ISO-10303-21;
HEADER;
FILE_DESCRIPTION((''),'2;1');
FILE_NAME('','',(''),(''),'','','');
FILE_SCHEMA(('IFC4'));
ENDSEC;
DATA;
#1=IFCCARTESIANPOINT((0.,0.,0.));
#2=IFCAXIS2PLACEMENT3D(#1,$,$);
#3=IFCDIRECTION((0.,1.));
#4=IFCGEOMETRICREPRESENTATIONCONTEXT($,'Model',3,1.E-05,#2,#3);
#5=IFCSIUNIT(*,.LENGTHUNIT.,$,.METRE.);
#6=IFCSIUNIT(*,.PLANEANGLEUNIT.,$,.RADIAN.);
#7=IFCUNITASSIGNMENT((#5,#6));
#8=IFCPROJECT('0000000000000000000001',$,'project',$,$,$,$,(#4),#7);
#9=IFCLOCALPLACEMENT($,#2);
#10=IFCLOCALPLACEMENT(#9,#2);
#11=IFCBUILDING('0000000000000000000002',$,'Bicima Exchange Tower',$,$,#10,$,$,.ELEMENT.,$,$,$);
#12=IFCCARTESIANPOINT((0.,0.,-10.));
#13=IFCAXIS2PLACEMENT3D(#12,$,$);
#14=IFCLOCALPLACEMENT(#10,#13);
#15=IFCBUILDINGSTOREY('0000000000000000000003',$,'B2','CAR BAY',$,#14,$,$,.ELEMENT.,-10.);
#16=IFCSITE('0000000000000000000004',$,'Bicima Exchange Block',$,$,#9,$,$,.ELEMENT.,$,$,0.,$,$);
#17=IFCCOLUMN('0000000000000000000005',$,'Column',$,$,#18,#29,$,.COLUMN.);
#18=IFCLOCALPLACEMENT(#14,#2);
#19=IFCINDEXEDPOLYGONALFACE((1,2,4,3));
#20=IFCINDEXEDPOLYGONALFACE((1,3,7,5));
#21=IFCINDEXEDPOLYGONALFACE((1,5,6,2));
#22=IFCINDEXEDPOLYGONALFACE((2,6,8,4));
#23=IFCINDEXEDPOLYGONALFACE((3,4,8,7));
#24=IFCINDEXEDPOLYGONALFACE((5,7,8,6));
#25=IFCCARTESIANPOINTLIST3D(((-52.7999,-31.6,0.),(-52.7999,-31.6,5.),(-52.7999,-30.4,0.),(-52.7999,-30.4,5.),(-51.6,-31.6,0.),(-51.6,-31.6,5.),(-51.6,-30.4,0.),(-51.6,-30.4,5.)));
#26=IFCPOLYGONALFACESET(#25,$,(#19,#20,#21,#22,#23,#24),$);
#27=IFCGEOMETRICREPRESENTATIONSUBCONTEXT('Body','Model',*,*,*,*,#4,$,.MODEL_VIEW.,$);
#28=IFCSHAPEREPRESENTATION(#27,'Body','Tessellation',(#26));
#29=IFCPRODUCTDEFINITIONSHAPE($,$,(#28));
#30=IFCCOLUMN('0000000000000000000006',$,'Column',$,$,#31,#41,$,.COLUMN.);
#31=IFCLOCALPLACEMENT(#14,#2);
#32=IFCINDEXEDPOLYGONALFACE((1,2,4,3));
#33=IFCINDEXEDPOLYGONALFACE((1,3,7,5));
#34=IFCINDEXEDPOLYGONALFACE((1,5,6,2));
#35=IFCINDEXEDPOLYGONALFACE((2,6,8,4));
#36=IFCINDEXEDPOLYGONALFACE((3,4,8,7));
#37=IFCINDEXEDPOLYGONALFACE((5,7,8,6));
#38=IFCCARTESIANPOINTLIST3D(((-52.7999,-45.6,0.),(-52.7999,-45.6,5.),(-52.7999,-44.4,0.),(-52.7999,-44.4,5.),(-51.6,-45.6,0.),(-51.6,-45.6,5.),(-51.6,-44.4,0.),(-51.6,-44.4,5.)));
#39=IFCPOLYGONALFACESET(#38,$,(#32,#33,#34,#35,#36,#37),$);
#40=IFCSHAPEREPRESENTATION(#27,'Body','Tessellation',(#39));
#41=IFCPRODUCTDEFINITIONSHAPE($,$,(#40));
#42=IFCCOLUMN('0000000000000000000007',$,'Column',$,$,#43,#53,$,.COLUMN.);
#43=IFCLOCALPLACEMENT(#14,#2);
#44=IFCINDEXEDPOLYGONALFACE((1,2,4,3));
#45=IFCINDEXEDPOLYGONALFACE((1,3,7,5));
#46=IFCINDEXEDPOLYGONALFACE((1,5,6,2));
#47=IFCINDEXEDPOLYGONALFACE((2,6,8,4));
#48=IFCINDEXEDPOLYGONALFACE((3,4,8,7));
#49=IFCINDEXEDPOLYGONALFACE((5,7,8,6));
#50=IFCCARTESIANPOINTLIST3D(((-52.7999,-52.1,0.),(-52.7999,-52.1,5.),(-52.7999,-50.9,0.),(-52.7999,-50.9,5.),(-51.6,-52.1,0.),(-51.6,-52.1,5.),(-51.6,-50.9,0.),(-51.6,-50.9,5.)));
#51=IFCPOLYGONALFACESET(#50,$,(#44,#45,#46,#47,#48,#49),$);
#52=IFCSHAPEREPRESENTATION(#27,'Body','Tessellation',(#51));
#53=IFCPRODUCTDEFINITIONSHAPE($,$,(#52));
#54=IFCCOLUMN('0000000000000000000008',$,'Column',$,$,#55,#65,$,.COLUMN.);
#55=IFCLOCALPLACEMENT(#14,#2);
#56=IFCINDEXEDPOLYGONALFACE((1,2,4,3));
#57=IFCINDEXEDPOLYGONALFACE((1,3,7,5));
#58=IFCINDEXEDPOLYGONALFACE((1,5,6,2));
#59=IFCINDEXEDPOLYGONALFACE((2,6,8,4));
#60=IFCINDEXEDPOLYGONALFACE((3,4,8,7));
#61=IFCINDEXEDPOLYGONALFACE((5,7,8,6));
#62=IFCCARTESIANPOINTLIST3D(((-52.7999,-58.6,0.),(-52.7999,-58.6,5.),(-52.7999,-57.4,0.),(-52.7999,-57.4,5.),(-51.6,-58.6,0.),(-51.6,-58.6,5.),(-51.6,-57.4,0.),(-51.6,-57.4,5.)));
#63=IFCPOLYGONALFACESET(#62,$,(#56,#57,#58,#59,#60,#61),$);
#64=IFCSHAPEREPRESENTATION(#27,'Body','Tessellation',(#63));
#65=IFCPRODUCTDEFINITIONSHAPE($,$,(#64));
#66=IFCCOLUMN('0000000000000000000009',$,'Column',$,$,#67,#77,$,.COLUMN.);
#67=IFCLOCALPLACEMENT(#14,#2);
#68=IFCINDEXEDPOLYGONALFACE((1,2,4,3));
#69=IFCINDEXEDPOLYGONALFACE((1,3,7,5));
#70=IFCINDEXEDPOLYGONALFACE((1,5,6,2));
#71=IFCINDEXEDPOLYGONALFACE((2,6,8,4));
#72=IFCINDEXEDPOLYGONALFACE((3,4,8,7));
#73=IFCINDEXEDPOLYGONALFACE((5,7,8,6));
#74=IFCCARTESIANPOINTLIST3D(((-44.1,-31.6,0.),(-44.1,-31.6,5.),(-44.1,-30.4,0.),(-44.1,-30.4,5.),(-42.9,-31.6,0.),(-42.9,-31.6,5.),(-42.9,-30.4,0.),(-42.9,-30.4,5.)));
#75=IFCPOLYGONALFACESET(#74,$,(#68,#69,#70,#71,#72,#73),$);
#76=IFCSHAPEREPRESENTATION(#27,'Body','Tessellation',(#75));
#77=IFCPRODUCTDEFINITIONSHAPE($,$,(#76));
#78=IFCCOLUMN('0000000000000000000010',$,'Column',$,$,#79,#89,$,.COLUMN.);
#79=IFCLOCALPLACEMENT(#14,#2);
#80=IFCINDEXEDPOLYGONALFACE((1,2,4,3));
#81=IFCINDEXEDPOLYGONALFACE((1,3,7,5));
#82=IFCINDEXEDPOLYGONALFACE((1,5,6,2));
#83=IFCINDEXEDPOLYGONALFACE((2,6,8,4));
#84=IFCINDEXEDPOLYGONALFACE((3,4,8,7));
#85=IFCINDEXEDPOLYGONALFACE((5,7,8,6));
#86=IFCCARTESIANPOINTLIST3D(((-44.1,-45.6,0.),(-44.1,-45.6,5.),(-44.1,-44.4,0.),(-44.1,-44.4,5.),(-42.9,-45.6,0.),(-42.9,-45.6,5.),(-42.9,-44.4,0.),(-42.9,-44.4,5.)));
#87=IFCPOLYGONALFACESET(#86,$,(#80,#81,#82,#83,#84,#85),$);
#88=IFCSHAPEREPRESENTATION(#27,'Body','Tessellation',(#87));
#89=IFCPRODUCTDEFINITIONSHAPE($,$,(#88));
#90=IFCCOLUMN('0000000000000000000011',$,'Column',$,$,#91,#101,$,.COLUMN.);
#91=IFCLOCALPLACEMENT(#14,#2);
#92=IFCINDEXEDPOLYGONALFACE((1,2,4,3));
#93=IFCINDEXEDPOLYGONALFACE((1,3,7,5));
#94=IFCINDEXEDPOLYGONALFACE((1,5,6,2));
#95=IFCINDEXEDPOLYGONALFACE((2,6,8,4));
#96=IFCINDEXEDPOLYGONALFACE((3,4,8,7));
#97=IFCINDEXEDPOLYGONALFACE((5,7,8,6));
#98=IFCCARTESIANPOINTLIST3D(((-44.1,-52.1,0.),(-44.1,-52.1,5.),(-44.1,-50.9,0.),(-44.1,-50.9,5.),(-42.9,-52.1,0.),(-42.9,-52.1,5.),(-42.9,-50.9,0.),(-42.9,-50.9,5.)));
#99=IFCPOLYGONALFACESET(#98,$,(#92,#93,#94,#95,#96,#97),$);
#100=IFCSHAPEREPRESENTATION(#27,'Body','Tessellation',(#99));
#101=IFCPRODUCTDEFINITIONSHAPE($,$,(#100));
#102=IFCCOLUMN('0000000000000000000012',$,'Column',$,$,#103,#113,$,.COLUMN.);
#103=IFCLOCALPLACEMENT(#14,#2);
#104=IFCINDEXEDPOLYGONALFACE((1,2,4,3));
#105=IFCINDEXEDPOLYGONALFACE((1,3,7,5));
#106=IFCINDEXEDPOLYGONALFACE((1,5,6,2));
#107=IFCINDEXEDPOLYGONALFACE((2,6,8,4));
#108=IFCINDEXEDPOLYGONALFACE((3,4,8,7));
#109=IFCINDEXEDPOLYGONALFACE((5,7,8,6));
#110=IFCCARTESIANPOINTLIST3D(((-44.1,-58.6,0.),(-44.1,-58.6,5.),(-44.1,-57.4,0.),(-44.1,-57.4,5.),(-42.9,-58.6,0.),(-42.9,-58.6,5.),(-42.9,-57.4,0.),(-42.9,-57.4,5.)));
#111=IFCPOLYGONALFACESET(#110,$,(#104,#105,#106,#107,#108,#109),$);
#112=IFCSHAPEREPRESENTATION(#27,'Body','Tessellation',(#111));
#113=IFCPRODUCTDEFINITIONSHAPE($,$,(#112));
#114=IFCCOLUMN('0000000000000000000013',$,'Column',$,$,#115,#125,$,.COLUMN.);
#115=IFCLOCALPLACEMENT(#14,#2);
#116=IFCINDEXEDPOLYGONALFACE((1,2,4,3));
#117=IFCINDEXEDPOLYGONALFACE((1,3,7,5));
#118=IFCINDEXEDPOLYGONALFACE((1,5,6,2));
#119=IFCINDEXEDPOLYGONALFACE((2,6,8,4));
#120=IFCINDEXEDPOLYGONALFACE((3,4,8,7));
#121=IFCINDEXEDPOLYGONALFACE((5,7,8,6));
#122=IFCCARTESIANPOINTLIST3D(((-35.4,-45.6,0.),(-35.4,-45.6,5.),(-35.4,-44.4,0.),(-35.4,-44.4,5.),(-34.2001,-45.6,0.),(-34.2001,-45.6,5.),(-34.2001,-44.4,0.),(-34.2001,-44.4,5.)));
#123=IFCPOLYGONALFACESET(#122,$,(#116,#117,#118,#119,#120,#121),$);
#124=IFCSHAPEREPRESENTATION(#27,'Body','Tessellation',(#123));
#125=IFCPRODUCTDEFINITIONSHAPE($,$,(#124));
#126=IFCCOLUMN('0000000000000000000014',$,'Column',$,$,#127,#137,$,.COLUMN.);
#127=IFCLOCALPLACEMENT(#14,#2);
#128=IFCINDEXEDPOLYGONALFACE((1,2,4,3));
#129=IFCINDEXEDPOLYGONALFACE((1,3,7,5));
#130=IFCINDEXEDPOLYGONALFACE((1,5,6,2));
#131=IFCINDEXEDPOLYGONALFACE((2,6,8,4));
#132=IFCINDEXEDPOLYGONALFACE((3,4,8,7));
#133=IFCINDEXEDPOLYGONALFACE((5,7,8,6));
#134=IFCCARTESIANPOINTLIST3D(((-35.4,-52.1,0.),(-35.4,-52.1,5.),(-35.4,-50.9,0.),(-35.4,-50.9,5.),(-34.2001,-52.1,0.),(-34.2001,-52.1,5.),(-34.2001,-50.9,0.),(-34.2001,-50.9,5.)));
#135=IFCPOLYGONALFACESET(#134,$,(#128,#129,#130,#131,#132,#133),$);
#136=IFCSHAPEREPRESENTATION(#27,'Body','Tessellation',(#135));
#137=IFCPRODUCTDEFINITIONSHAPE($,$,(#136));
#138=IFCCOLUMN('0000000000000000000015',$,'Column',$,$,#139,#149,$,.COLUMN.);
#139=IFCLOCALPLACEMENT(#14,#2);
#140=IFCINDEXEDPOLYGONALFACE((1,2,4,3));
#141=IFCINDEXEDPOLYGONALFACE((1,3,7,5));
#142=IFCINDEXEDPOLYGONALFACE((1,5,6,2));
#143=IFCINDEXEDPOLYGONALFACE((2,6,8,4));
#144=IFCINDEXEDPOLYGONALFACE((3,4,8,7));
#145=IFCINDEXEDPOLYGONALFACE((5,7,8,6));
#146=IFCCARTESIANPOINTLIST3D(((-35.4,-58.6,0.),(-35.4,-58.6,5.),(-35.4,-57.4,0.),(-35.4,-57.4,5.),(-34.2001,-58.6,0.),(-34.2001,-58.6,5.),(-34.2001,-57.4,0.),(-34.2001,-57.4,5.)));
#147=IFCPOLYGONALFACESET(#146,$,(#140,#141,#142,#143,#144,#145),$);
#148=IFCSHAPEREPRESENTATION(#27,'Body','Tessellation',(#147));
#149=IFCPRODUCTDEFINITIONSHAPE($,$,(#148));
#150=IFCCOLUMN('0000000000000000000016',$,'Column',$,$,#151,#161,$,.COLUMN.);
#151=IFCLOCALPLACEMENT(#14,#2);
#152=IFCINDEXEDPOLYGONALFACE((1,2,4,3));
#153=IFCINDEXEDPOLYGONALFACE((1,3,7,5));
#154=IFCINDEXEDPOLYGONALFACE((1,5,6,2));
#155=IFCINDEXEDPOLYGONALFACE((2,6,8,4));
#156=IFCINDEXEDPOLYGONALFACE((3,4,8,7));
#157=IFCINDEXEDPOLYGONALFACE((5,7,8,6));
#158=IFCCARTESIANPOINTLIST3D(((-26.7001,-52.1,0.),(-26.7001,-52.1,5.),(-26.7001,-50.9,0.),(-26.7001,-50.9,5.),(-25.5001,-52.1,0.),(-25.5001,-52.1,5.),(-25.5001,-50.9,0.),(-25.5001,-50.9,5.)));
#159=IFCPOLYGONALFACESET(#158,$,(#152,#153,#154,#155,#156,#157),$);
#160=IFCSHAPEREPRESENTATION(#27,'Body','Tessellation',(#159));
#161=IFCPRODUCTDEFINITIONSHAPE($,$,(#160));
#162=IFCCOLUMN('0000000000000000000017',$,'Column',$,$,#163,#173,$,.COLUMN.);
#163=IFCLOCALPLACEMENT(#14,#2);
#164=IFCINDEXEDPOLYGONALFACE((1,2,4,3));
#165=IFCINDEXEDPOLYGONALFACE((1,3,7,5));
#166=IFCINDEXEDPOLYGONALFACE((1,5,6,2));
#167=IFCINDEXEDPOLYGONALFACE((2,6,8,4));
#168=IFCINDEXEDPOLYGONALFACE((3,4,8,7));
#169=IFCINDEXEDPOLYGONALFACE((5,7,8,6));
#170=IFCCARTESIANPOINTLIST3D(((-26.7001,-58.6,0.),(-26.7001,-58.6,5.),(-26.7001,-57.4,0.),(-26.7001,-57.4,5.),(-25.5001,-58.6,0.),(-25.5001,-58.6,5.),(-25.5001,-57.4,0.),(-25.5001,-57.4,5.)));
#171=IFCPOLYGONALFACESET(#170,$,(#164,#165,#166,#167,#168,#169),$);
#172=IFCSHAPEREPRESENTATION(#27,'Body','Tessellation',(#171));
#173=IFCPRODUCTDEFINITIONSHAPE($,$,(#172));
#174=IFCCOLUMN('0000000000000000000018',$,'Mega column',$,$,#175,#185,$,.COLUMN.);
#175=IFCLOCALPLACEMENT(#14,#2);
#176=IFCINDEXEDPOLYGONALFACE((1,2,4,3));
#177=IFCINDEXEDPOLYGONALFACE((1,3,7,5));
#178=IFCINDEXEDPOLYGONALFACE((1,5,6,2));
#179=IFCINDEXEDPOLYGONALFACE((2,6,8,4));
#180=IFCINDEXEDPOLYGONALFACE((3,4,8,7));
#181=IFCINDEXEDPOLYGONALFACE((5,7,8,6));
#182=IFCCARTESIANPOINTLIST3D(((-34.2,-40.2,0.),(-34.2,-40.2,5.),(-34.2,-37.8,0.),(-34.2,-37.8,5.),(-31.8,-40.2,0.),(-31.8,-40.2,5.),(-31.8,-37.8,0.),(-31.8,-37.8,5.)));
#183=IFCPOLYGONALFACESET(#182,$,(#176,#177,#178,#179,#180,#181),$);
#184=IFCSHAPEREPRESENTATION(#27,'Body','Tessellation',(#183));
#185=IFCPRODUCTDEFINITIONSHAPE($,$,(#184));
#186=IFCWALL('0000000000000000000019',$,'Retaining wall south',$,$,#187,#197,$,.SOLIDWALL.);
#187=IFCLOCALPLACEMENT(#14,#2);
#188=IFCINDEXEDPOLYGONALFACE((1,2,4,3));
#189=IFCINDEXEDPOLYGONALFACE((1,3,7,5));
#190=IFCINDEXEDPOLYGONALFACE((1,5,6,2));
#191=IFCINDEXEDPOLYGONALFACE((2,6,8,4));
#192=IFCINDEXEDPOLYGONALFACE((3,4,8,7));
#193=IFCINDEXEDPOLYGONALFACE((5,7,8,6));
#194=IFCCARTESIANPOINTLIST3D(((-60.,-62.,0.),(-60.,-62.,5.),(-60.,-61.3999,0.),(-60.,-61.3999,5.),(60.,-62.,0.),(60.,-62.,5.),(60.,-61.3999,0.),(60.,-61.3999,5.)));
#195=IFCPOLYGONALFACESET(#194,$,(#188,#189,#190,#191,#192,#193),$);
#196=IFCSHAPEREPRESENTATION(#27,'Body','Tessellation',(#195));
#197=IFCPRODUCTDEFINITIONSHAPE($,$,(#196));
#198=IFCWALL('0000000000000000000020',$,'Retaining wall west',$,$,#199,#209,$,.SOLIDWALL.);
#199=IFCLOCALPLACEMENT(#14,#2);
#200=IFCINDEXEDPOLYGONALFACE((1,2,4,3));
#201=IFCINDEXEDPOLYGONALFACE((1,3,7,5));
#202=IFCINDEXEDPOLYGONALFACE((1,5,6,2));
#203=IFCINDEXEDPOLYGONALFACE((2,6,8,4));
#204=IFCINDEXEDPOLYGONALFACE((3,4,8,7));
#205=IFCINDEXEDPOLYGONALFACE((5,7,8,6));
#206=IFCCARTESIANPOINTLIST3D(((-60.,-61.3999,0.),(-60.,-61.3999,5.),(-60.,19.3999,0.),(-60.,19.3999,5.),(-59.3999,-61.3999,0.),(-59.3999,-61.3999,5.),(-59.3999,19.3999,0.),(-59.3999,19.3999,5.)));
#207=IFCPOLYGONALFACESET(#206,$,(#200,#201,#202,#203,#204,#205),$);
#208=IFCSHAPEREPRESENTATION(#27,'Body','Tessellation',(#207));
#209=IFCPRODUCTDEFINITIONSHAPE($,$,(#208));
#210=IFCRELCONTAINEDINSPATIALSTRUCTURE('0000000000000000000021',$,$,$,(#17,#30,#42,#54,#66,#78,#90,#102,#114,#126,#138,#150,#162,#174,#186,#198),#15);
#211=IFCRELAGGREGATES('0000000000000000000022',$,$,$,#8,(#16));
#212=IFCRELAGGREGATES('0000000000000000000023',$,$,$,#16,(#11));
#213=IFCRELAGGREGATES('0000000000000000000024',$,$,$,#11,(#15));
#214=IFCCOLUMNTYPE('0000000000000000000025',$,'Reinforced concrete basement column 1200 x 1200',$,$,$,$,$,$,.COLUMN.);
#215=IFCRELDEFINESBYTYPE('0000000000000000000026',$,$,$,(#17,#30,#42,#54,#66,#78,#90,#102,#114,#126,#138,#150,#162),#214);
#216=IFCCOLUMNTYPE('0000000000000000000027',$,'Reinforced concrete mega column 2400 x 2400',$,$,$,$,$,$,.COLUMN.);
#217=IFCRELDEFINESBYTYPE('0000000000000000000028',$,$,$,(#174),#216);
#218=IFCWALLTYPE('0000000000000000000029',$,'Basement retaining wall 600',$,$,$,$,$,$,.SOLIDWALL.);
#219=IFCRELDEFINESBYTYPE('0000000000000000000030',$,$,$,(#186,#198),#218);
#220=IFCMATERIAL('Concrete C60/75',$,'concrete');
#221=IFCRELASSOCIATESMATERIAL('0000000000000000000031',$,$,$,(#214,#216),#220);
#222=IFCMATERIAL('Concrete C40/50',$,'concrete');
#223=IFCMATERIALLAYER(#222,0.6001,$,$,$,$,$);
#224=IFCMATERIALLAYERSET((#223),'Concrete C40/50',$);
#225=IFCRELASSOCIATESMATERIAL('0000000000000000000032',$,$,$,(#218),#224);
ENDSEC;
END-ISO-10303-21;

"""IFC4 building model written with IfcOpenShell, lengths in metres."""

from ifc_helpers import new_model, si_unit, direction, frame, frame_2d, origin, origin_2d, place, context, subcontext, project, spatial, rectangle, extrude, material, layer, layer_set, material_profile, profile_set, type_object, element, save


model = new_model("IFC4")

# Units and contexts
model_context = context("Model", 3, precision=1e-05, world=origin(), true_north=direction((0.0, 1.0)))
body_context = subcontext(model_context, "Body", "Model", "MODEL_VIEW")
ifc_project = project(units=[si_unit("LENGTHUNIT", "METRE"), si_unit("PLANEANGLEUNIT", "RADIAN")], contexts=[model_context])

# Site, building, storey
site_placement = place(None, origin())
site = spatial("IfcSite", under=ifc_project, at=site_placement, Name="Bicima Exchange Block", CompositionType="ELEMENT", RefElevation=0.0)
building_placement = place(site_placement, origin())
building = spatial("IfcBuilding", under=site, at=building_placement, Name="Bicima Exchange Tower", CompositionType="ELEMENT")
storey_placement = place(building_placement, frame((0.0, 0.0, -10.0)))
storey = spatial("IfcBuildingStorey", under=building, at=storey_placement, Name="B2", Description="CAR BAY", CompositionType="ELEMENT", Elevation=-10.0)

# Columns
ifc_material_1 = material(Name="Concrete C60/75", Category="concrete")
ifc_material_profile_1 = material_profile(ifc_material_1, rectangle(XDim=1.2, YDim=1.2, at=origin_2d()))
ifc_profile_set_1 = profile_set([ifc_material_profile_1], Name="Concrete C60/75")
column_type_1 = type_object("IfcColumnType", Name="Reinforced concrete basement column 1200 x 1200", PredefinedType="COLUMN", material=ifc_profile_set_1)
for number, where, z_axis, x_axis, name in (
    (1, (-52.2, -31.0, 0.0), (0.0, 0.0, 1.0), (1.0, 0.0, 0.0), "Column"),
    (2, (-52.2, -45.0, 0.0), (0.0, 0.0, 1.0), (1.0, 0.0, 0.0), "Column"),
    (3, (-52.2, -51.5, 0.0), (0.0, 0.0, 1.0), (1.0, 0.0, 0.0), "Column"),
    (4, (-52.2, -58.0, 0.0), (0.0, 0.0, 1.0), (1.0, 0.0, 0.0), "Column"),
    (5, (-43.5, -31.0, 0.0), (0.0, 0.0, 1.0), (1.0, 0.0, 0.0), "Column"),
    (6, (-43.5, -45.0, 0.0), (0.0, 0.0, 1.0), (1.0, 0.0, 0.0), "Column"),
    (7, (-43.5, -51.5, 0.0), (0.0, 0.0, 1.0), (1.0, 0.0, 0.0), "Column"),
    (8, (-43.5, -58.0, 0.0), (0.0, 0.0, 1.0), (1.0, 0.0, 0.0), "Column"),
    (9, (-34.8, -45.0, 0.0), (0.0, 0.0, 1.0), (1.0, 0.0, 0.0), "Column"),
    (10, (-34.8, -51.5, 0.0), (0.0, 0.0, 1.0), (1.0, 0.0, 0.0), "Column"),
    (11, (-34.8, -58.0, 0.0), (0.0, 0.0, 1.0), (1.0, 0.0, 0.0), "Column"),
    (12, (-26.1001, -51.5, 0.0), (0.0, 0.0, 1.0), (1.0, 0.0, 0.0), "Column"),
    (13, (-26.1001, -58.0, 0.0), (0.0, 0.0, 1.0), (1.0, 0.0, 0.0), "Column"),
):
    element("IfcColumn", number, at=place(storey_placement, frame(where, z_axis=z_axis, x_axis=x_axis)), inside=storey, type_object=column_type_1, Name=name, PredefinedType="COLUMN", context=body_context, shape_type="SweptSolid", body=[
        extrude(rectangle(XDim=1.2, YDim=1.2, at=origin_2d()), origin(), (0.0, 0.0, 1.0), 5.0),
    ])
ifc_material_profile_2 = material_profile(ifc_material_1, rectangle(XDim=2.3999, YDim=2.3999, at=origin_2d()))
ifc_profile_set_2 = profile_set([ifc_material_profile_2], Name="Concrete C60/75")
column_type_2 = type_object("IfcColumnType", Name="Reinforced concrete mega column 2400 x 2400", PredefinedType="COLUMN", material=ifc_profile_set_2)
column_placement = place(storey_placement, frame((-33.0, -39.0, 0.0), z_axis=(0.0, 0.0, 1.0), x_axis=(1.0, 0.0, 0.0)))
element("IfcColumn", 14, at=column_placement, inside=storey, type_object=column_type_2, Name="Mega column", PredefinedType="COLUMN", context=body_context, shape_type="SweptSolid", body=[
    extrude(rectangle(XDim=2.3999, YDim=2.3999, at=origin_2d()), origin(), (0.0, 0.0, 1.0), 5.0),
])

# Walls
ifc_material_2 = material(Name="Concrete C40/50", Category="concrete")
ifc_layer = layer(ifc_material_2, 0.6001)
ifc_layer_set = layer_set([ifc_layer], Name="Concrete C40/50")
wall_type = type_object("IfcWallType", Name="Basement retaining wall 600", PredefinedType="SOLIDWALL", material=ifc_layer_set)
wall_1_placement = place(storey_placement, frame((-60.0, -61.7, 0.0), z_axis=(0.0, 0.0, 1.0), x_axis=(1.0, 0.0, 0.0)))
element("IfcWall", 15, at=wall_1_placement, inside=storey, type_object=wall_type, Name="Retaining wall south", PredefinedType="SOLIDWALL", context=body_context, shape_type="SweptSolid", body=[
    extrude(rectangle(XDim=120.0, YDim=0.6001, at=frame_2d((60.0, 0.0))), origin(), (0.0, 0.0, 1.0), 5.0),
])
wall_2_placement = place(storey_placement, frame((-59.7, -61.3999, 0.0), z_axis=(0.0, 0.0, 1.0), x_axis=(0.0, 1.0, 0.0)))
element("IfcWall", 16, at=wall_2_placement, inside=storey, type_object=wall_type, Name="Retaining wall west", PredefinedType="SOLIDWALL", context=body_context, shape_type="SweptSolid", body=[
    extrude(rectangle(XDim=80.7998, YDim=0.6001, at=frame_2d((40.3999, 0.0))), origin(), (0.0, 0.0, 1.0), 5.0),
])

save(model, "model.ifc")
